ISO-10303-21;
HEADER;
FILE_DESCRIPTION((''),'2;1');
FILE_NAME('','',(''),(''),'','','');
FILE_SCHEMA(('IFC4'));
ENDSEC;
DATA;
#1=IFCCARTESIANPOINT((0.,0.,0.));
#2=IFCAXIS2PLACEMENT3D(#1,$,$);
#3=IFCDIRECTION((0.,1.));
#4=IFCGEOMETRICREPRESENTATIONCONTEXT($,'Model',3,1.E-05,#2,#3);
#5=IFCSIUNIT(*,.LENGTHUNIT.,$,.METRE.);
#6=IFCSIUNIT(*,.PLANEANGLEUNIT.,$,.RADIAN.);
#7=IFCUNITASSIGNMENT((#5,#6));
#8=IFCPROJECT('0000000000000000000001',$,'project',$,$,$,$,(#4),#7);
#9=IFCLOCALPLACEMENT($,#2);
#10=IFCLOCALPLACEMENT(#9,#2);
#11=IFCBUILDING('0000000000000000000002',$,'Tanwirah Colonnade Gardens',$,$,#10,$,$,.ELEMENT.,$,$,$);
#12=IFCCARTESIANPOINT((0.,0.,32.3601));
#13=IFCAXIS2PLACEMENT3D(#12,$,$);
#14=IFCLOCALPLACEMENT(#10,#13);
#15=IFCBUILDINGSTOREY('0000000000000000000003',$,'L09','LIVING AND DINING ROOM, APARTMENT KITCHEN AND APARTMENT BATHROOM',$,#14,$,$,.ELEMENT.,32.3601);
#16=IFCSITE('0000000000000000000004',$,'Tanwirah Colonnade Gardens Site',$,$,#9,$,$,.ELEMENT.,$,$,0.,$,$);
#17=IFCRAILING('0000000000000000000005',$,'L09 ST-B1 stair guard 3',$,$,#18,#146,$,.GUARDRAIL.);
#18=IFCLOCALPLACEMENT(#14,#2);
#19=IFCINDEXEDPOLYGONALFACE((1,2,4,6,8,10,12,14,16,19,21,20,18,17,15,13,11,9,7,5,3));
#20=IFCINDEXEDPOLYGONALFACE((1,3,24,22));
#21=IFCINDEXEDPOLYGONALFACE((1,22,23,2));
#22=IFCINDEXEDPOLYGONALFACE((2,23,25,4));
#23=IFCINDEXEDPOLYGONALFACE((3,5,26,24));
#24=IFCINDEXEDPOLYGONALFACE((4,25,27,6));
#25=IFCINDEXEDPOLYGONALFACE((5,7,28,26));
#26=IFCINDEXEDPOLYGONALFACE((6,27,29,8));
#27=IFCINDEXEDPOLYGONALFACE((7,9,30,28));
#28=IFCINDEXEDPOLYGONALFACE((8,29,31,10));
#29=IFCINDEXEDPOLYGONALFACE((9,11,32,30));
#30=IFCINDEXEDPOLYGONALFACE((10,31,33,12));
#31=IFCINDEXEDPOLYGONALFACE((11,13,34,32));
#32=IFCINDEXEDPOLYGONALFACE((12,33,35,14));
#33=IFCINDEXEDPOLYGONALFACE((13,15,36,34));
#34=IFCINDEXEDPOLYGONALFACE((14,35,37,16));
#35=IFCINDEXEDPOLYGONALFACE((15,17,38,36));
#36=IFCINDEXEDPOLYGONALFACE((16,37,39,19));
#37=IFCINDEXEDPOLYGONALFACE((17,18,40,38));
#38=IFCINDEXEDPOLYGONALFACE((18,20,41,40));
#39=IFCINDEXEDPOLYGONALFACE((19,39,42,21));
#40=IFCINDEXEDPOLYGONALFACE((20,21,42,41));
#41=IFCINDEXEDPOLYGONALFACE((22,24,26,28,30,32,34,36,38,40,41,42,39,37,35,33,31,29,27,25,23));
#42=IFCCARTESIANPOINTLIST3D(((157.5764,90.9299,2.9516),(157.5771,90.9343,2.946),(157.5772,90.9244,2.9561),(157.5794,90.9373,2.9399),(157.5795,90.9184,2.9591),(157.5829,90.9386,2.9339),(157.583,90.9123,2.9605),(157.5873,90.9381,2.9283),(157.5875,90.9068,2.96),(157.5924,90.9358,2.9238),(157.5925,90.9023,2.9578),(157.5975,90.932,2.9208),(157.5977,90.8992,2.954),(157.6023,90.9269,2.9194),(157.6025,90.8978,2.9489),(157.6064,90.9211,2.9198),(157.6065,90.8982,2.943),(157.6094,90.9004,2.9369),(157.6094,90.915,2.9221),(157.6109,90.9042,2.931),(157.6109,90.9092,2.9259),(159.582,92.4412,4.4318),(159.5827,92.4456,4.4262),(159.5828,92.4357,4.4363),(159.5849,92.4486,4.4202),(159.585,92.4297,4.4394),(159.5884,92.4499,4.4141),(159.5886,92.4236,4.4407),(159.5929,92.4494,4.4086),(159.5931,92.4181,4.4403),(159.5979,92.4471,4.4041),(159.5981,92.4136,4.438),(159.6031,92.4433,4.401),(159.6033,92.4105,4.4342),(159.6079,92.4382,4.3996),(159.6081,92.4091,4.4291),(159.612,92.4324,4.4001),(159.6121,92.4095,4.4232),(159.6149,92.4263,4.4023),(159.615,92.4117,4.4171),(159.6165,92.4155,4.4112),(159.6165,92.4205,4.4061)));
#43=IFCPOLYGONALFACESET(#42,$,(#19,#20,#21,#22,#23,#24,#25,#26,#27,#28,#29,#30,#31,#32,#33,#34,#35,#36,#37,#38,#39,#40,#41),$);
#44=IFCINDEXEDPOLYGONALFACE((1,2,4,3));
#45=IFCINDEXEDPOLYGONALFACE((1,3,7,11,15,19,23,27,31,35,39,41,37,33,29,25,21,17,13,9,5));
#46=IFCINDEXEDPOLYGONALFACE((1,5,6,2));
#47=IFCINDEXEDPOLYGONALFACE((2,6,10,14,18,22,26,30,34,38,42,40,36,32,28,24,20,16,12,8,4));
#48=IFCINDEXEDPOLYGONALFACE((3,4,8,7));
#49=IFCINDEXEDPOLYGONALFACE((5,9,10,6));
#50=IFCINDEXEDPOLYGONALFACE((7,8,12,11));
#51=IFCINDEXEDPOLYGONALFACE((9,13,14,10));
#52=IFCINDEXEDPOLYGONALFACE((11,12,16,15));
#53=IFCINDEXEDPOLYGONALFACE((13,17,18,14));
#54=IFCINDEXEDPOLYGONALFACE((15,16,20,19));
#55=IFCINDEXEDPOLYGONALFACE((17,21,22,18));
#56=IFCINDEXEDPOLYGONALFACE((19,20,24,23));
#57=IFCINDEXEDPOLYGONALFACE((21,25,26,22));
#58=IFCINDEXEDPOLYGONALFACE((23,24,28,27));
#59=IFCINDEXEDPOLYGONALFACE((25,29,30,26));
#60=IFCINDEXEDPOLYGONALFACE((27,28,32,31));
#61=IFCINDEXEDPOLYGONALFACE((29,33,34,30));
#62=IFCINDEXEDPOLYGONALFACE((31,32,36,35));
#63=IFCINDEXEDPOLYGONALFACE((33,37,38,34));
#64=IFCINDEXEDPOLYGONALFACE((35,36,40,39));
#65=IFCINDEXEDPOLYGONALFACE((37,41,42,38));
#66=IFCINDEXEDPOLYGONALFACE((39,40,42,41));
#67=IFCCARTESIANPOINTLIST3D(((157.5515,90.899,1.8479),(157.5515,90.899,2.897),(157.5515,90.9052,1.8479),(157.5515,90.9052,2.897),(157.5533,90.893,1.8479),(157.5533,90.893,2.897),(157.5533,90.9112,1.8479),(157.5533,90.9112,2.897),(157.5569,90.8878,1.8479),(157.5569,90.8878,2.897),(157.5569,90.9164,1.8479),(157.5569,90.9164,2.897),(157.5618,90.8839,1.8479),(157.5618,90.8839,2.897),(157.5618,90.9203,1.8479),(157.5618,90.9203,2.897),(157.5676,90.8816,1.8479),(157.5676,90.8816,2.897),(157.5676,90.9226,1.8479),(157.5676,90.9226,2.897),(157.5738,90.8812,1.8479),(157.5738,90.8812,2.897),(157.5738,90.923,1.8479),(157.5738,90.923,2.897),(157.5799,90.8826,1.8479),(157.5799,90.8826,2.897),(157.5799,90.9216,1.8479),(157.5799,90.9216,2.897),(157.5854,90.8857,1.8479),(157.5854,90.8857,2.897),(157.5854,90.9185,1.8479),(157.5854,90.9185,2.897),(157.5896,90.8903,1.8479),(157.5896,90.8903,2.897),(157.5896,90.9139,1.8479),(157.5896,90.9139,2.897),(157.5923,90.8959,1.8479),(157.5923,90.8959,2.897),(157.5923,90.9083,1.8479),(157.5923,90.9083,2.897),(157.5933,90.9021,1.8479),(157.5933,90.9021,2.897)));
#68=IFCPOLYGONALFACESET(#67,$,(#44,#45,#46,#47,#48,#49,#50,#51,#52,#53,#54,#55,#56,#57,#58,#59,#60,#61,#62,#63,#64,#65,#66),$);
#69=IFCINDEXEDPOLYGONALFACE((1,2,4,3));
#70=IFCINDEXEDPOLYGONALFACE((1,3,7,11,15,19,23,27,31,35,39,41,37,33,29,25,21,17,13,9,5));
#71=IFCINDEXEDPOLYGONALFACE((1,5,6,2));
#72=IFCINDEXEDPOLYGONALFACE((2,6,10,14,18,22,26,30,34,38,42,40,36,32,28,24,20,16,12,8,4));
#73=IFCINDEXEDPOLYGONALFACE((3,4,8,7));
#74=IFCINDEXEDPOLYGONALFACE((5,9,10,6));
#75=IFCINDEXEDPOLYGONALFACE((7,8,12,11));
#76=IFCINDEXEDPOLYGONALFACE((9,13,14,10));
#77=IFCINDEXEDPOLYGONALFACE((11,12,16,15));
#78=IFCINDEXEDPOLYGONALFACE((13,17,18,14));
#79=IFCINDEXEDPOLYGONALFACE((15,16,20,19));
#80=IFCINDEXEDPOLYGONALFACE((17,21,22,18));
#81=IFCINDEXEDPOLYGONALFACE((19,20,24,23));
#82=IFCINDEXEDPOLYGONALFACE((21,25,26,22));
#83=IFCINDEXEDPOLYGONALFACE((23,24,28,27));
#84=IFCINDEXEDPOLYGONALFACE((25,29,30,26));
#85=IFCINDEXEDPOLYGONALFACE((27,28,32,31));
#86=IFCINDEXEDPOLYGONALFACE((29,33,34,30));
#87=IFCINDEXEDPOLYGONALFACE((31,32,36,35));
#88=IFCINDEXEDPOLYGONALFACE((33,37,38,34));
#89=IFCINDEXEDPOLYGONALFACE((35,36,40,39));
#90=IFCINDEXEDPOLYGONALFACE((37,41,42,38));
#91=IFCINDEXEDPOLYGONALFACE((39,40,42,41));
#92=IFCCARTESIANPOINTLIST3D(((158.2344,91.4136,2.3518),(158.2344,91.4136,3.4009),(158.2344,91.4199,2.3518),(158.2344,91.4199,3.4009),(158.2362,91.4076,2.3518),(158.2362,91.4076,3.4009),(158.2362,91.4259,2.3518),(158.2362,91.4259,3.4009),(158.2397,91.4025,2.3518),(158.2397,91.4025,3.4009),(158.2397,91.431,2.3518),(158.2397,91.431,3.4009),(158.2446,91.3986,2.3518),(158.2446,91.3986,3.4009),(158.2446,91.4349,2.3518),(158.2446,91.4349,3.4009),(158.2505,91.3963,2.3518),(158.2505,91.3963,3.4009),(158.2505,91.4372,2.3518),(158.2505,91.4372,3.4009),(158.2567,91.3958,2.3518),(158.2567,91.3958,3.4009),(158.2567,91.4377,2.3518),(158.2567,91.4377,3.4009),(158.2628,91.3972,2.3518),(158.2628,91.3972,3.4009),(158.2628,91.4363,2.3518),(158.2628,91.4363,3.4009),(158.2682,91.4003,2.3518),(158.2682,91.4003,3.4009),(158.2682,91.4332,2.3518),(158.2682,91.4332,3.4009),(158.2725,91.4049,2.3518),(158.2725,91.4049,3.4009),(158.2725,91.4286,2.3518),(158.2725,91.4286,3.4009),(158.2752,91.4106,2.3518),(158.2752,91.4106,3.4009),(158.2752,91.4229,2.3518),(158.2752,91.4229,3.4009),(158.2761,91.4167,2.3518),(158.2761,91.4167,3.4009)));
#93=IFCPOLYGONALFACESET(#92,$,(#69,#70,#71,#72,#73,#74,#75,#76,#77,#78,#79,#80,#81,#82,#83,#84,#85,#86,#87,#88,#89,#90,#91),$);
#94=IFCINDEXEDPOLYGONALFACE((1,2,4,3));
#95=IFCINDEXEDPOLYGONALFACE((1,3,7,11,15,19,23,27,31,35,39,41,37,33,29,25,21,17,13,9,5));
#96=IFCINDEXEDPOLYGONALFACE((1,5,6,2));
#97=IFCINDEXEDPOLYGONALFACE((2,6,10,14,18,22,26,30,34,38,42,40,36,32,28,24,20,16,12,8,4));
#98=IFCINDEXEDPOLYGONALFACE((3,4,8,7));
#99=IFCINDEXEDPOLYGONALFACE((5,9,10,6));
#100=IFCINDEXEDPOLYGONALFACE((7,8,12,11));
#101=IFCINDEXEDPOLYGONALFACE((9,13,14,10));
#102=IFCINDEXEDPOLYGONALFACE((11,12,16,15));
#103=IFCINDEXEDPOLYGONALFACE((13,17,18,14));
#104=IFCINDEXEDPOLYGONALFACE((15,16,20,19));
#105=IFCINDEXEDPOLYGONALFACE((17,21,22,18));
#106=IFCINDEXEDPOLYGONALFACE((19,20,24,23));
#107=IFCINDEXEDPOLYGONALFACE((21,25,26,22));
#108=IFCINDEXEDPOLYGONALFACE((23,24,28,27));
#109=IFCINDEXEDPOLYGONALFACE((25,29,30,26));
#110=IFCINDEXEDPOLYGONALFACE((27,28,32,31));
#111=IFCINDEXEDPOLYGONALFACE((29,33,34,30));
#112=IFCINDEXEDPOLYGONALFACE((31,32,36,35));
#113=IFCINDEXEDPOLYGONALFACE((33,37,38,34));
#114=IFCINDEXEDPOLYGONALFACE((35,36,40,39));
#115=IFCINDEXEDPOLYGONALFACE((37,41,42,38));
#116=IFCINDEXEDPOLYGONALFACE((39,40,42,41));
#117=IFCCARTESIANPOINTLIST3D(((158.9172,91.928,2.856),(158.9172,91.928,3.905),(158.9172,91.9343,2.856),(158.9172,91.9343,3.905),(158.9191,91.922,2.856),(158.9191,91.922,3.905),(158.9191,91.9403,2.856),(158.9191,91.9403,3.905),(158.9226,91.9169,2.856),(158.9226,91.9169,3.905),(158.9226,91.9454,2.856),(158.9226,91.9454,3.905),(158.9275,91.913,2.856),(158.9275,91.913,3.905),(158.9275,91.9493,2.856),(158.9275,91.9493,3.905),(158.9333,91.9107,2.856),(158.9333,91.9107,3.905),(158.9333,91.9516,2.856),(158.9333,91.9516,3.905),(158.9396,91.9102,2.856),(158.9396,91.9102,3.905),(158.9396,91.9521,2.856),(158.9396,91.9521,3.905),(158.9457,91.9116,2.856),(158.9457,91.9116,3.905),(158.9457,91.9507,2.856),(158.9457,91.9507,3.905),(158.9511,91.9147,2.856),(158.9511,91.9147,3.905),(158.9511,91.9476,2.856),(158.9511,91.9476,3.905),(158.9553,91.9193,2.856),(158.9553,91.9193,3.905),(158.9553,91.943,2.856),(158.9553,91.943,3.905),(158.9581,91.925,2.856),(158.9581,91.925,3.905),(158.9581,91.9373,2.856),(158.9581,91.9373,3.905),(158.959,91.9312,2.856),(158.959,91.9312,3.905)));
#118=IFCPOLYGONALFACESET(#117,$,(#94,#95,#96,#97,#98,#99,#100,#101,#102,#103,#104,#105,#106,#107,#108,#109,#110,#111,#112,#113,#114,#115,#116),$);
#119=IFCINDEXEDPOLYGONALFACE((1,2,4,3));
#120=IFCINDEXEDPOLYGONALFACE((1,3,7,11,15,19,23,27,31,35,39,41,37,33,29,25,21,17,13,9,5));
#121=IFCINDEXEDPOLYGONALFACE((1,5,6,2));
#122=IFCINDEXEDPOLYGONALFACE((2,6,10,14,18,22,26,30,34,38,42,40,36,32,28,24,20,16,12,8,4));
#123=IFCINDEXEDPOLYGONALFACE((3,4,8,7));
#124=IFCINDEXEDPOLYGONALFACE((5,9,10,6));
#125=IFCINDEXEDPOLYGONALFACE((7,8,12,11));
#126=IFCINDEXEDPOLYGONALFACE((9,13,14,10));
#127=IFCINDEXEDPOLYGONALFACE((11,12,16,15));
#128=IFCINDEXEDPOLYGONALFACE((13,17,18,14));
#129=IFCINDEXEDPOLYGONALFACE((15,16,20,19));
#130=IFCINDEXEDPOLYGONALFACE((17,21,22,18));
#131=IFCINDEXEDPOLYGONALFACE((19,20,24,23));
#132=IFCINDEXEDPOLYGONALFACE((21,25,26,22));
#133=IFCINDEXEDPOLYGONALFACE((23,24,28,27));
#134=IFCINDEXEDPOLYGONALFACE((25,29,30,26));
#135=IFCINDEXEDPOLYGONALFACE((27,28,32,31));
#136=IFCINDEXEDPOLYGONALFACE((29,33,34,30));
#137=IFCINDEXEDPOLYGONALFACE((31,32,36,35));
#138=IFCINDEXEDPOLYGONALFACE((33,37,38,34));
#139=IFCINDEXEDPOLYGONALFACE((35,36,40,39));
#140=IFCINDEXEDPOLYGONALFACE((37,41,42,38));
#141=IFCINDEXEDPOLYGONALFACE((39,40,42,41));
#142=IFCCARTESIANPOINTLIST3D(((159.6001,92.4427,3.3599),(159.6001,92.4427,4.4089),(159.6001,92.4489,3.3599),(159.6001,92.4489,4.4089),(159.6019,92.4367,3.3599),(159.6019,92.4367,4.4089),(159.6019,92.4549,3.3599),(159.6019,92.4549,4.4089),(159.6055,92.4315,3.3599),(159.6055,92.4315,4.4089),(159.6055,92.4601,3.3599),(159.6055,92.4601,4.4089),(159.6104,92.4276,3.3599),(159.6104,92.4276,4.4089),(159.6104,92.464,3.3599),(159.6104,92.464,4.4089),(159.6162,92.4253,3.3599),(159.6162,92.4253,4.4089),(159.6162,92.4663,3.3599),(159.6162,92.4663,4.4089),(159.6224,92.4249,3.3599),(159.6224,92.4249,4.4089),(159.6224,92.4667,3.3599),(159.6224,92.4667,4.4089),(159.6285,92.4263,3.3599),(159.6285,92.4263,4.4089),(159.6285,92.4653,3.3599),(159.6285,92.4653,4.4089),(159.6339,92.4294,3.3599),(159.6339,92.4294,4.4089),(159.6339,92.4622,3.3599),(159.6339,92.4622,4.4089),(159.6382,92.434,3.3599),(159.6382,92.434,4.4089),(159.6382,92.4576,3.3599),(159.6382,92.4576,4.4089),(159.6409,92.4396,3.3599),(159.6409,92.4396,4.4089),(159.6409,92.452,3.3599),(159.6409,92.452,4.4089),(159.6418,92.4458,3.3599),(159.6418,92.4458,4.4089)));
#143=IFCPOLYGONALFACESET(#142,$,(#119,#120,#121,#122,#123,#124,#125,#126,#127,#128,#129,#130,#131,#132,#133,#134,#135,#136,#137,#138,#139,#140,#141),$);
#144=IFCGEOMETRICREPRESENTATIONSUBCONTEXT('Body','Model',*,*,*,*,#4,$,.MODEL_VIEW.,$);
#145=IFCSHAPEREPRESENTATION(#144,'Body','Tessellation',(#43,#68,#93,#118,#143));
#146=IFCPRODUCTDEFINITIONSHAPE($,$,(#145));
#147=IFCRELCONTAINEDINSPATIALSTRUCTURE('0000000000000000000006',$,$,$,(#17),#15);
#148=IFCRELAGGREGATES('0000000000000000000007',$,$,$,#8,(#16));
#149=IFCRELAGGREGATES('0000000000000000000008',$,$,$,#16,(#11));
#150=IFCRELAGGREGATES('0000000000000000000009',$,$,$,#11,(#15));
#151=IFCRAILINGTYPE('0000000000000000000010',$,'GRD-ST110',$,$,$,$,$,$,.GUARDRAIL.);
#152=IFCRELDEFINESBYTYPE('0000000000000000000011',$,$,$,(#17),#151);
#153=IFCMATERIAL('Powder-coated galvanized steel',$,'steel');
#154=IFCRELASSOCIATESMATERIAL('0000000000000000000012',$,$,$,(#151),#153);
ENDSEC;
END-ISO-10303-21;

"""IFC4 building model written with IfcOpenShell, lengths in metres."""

from ifc_helpers import new_model, si_unit, direction, frame, origin, origin_2d, place, context, subcontext, project, spatial, circle, extrude, material, type_object, element, save


model = new_model("IFC4")

# Units and contexts
model_context = context("Model", 3, precision=1e-05, world=origin(), true_north=direction((0.0, 1.0)))
body_context = subcontext(model_context, "Body", "Model", "MODEL_VIEW")
ifc_project = project(units=[si_unit("LENGTHUNIT", "METRE"), si_unit("PLANEANGLEUNIT", "RADIAN")], contexts=[model_context])

# Site, building, storey
site_placement = place(None, origin())
site = spatial("IfcSite", under=ifc_project, at=site_placement, Name="Tanwirah Colonnade Gardens Site", CompositionType="ELEMENT", RefElevation=0.0)
building_placement = place(site_placement, origin())
building = spatial("IfcBuilding", under=site, at=building_placement, Name="Tanwirah Colonnade Gardens", CompositionType="ELEMENT")
storey_placement = place(building_placement, frame((0.0, 0.0, 32.3601)))
storey = spatial("IfcBuildingStorey", under=building, at=storey_placement, Name="L09", Description="LIVING AND DINING ROOM, APARTMENT KITCHEN AND APARTMENT BATHROOM", CompositionType="ELEMENT", Elevation=32.3601)

# Railing
ifc_material_1 = material(Name="Powder-coated galvanized steel", Category="steel")
railing_type_1 = type_object("IfcRailingType", Name="GRD-ST110", PredefinedType="GUARDRAIL", material=ifc_material_1)
railing_1_placement = place(storey_placement, frame((157.5723, 90.9021, 1.8479)))
element("IfcRailing", 1, at=railing_1_placement, inside=storey, type_object=railing_type_1, Name="L09 ST-B1 stair guard 3", PredefinedType="GUARDRAIL", context=body_context, shape_type="SweptSolid", body=[
    extrude(circle(Radius=0.0239, at=origin_2d()), frame((0.0215, 0.0161, 1.092), z_axis=(0.688012, 0.518449, 0.507789), x_axis=(-0.601811, 0.798639, 0.0)), (0.0, 0.0, 1.0), 2.915),
    extrude(circle(Radius=0.021, at=origin_2d()), origin(), (0.0, 0.0, 1.0), 1.0491),
    extrude(circle(Radius=0.021, at=origin_2d()), frame((0.6829, 0.5146, 0.5039)), (0.0, 0.0, 1.0), 1.0491),
    extrude(circle(Radius=0.021, at=origin_2d()), frame((1.3657, 1.0291, 1.0081)), (0.0, 0.0, 1.0), 1.0491),
    extrude(circle(Radius=0.021, at=origin_2d()), frame((2.0486, 1.5437, 1.512)), (0.0, 0.0, 1.0), 1.0491),
])

save(model, "model.ifc")
